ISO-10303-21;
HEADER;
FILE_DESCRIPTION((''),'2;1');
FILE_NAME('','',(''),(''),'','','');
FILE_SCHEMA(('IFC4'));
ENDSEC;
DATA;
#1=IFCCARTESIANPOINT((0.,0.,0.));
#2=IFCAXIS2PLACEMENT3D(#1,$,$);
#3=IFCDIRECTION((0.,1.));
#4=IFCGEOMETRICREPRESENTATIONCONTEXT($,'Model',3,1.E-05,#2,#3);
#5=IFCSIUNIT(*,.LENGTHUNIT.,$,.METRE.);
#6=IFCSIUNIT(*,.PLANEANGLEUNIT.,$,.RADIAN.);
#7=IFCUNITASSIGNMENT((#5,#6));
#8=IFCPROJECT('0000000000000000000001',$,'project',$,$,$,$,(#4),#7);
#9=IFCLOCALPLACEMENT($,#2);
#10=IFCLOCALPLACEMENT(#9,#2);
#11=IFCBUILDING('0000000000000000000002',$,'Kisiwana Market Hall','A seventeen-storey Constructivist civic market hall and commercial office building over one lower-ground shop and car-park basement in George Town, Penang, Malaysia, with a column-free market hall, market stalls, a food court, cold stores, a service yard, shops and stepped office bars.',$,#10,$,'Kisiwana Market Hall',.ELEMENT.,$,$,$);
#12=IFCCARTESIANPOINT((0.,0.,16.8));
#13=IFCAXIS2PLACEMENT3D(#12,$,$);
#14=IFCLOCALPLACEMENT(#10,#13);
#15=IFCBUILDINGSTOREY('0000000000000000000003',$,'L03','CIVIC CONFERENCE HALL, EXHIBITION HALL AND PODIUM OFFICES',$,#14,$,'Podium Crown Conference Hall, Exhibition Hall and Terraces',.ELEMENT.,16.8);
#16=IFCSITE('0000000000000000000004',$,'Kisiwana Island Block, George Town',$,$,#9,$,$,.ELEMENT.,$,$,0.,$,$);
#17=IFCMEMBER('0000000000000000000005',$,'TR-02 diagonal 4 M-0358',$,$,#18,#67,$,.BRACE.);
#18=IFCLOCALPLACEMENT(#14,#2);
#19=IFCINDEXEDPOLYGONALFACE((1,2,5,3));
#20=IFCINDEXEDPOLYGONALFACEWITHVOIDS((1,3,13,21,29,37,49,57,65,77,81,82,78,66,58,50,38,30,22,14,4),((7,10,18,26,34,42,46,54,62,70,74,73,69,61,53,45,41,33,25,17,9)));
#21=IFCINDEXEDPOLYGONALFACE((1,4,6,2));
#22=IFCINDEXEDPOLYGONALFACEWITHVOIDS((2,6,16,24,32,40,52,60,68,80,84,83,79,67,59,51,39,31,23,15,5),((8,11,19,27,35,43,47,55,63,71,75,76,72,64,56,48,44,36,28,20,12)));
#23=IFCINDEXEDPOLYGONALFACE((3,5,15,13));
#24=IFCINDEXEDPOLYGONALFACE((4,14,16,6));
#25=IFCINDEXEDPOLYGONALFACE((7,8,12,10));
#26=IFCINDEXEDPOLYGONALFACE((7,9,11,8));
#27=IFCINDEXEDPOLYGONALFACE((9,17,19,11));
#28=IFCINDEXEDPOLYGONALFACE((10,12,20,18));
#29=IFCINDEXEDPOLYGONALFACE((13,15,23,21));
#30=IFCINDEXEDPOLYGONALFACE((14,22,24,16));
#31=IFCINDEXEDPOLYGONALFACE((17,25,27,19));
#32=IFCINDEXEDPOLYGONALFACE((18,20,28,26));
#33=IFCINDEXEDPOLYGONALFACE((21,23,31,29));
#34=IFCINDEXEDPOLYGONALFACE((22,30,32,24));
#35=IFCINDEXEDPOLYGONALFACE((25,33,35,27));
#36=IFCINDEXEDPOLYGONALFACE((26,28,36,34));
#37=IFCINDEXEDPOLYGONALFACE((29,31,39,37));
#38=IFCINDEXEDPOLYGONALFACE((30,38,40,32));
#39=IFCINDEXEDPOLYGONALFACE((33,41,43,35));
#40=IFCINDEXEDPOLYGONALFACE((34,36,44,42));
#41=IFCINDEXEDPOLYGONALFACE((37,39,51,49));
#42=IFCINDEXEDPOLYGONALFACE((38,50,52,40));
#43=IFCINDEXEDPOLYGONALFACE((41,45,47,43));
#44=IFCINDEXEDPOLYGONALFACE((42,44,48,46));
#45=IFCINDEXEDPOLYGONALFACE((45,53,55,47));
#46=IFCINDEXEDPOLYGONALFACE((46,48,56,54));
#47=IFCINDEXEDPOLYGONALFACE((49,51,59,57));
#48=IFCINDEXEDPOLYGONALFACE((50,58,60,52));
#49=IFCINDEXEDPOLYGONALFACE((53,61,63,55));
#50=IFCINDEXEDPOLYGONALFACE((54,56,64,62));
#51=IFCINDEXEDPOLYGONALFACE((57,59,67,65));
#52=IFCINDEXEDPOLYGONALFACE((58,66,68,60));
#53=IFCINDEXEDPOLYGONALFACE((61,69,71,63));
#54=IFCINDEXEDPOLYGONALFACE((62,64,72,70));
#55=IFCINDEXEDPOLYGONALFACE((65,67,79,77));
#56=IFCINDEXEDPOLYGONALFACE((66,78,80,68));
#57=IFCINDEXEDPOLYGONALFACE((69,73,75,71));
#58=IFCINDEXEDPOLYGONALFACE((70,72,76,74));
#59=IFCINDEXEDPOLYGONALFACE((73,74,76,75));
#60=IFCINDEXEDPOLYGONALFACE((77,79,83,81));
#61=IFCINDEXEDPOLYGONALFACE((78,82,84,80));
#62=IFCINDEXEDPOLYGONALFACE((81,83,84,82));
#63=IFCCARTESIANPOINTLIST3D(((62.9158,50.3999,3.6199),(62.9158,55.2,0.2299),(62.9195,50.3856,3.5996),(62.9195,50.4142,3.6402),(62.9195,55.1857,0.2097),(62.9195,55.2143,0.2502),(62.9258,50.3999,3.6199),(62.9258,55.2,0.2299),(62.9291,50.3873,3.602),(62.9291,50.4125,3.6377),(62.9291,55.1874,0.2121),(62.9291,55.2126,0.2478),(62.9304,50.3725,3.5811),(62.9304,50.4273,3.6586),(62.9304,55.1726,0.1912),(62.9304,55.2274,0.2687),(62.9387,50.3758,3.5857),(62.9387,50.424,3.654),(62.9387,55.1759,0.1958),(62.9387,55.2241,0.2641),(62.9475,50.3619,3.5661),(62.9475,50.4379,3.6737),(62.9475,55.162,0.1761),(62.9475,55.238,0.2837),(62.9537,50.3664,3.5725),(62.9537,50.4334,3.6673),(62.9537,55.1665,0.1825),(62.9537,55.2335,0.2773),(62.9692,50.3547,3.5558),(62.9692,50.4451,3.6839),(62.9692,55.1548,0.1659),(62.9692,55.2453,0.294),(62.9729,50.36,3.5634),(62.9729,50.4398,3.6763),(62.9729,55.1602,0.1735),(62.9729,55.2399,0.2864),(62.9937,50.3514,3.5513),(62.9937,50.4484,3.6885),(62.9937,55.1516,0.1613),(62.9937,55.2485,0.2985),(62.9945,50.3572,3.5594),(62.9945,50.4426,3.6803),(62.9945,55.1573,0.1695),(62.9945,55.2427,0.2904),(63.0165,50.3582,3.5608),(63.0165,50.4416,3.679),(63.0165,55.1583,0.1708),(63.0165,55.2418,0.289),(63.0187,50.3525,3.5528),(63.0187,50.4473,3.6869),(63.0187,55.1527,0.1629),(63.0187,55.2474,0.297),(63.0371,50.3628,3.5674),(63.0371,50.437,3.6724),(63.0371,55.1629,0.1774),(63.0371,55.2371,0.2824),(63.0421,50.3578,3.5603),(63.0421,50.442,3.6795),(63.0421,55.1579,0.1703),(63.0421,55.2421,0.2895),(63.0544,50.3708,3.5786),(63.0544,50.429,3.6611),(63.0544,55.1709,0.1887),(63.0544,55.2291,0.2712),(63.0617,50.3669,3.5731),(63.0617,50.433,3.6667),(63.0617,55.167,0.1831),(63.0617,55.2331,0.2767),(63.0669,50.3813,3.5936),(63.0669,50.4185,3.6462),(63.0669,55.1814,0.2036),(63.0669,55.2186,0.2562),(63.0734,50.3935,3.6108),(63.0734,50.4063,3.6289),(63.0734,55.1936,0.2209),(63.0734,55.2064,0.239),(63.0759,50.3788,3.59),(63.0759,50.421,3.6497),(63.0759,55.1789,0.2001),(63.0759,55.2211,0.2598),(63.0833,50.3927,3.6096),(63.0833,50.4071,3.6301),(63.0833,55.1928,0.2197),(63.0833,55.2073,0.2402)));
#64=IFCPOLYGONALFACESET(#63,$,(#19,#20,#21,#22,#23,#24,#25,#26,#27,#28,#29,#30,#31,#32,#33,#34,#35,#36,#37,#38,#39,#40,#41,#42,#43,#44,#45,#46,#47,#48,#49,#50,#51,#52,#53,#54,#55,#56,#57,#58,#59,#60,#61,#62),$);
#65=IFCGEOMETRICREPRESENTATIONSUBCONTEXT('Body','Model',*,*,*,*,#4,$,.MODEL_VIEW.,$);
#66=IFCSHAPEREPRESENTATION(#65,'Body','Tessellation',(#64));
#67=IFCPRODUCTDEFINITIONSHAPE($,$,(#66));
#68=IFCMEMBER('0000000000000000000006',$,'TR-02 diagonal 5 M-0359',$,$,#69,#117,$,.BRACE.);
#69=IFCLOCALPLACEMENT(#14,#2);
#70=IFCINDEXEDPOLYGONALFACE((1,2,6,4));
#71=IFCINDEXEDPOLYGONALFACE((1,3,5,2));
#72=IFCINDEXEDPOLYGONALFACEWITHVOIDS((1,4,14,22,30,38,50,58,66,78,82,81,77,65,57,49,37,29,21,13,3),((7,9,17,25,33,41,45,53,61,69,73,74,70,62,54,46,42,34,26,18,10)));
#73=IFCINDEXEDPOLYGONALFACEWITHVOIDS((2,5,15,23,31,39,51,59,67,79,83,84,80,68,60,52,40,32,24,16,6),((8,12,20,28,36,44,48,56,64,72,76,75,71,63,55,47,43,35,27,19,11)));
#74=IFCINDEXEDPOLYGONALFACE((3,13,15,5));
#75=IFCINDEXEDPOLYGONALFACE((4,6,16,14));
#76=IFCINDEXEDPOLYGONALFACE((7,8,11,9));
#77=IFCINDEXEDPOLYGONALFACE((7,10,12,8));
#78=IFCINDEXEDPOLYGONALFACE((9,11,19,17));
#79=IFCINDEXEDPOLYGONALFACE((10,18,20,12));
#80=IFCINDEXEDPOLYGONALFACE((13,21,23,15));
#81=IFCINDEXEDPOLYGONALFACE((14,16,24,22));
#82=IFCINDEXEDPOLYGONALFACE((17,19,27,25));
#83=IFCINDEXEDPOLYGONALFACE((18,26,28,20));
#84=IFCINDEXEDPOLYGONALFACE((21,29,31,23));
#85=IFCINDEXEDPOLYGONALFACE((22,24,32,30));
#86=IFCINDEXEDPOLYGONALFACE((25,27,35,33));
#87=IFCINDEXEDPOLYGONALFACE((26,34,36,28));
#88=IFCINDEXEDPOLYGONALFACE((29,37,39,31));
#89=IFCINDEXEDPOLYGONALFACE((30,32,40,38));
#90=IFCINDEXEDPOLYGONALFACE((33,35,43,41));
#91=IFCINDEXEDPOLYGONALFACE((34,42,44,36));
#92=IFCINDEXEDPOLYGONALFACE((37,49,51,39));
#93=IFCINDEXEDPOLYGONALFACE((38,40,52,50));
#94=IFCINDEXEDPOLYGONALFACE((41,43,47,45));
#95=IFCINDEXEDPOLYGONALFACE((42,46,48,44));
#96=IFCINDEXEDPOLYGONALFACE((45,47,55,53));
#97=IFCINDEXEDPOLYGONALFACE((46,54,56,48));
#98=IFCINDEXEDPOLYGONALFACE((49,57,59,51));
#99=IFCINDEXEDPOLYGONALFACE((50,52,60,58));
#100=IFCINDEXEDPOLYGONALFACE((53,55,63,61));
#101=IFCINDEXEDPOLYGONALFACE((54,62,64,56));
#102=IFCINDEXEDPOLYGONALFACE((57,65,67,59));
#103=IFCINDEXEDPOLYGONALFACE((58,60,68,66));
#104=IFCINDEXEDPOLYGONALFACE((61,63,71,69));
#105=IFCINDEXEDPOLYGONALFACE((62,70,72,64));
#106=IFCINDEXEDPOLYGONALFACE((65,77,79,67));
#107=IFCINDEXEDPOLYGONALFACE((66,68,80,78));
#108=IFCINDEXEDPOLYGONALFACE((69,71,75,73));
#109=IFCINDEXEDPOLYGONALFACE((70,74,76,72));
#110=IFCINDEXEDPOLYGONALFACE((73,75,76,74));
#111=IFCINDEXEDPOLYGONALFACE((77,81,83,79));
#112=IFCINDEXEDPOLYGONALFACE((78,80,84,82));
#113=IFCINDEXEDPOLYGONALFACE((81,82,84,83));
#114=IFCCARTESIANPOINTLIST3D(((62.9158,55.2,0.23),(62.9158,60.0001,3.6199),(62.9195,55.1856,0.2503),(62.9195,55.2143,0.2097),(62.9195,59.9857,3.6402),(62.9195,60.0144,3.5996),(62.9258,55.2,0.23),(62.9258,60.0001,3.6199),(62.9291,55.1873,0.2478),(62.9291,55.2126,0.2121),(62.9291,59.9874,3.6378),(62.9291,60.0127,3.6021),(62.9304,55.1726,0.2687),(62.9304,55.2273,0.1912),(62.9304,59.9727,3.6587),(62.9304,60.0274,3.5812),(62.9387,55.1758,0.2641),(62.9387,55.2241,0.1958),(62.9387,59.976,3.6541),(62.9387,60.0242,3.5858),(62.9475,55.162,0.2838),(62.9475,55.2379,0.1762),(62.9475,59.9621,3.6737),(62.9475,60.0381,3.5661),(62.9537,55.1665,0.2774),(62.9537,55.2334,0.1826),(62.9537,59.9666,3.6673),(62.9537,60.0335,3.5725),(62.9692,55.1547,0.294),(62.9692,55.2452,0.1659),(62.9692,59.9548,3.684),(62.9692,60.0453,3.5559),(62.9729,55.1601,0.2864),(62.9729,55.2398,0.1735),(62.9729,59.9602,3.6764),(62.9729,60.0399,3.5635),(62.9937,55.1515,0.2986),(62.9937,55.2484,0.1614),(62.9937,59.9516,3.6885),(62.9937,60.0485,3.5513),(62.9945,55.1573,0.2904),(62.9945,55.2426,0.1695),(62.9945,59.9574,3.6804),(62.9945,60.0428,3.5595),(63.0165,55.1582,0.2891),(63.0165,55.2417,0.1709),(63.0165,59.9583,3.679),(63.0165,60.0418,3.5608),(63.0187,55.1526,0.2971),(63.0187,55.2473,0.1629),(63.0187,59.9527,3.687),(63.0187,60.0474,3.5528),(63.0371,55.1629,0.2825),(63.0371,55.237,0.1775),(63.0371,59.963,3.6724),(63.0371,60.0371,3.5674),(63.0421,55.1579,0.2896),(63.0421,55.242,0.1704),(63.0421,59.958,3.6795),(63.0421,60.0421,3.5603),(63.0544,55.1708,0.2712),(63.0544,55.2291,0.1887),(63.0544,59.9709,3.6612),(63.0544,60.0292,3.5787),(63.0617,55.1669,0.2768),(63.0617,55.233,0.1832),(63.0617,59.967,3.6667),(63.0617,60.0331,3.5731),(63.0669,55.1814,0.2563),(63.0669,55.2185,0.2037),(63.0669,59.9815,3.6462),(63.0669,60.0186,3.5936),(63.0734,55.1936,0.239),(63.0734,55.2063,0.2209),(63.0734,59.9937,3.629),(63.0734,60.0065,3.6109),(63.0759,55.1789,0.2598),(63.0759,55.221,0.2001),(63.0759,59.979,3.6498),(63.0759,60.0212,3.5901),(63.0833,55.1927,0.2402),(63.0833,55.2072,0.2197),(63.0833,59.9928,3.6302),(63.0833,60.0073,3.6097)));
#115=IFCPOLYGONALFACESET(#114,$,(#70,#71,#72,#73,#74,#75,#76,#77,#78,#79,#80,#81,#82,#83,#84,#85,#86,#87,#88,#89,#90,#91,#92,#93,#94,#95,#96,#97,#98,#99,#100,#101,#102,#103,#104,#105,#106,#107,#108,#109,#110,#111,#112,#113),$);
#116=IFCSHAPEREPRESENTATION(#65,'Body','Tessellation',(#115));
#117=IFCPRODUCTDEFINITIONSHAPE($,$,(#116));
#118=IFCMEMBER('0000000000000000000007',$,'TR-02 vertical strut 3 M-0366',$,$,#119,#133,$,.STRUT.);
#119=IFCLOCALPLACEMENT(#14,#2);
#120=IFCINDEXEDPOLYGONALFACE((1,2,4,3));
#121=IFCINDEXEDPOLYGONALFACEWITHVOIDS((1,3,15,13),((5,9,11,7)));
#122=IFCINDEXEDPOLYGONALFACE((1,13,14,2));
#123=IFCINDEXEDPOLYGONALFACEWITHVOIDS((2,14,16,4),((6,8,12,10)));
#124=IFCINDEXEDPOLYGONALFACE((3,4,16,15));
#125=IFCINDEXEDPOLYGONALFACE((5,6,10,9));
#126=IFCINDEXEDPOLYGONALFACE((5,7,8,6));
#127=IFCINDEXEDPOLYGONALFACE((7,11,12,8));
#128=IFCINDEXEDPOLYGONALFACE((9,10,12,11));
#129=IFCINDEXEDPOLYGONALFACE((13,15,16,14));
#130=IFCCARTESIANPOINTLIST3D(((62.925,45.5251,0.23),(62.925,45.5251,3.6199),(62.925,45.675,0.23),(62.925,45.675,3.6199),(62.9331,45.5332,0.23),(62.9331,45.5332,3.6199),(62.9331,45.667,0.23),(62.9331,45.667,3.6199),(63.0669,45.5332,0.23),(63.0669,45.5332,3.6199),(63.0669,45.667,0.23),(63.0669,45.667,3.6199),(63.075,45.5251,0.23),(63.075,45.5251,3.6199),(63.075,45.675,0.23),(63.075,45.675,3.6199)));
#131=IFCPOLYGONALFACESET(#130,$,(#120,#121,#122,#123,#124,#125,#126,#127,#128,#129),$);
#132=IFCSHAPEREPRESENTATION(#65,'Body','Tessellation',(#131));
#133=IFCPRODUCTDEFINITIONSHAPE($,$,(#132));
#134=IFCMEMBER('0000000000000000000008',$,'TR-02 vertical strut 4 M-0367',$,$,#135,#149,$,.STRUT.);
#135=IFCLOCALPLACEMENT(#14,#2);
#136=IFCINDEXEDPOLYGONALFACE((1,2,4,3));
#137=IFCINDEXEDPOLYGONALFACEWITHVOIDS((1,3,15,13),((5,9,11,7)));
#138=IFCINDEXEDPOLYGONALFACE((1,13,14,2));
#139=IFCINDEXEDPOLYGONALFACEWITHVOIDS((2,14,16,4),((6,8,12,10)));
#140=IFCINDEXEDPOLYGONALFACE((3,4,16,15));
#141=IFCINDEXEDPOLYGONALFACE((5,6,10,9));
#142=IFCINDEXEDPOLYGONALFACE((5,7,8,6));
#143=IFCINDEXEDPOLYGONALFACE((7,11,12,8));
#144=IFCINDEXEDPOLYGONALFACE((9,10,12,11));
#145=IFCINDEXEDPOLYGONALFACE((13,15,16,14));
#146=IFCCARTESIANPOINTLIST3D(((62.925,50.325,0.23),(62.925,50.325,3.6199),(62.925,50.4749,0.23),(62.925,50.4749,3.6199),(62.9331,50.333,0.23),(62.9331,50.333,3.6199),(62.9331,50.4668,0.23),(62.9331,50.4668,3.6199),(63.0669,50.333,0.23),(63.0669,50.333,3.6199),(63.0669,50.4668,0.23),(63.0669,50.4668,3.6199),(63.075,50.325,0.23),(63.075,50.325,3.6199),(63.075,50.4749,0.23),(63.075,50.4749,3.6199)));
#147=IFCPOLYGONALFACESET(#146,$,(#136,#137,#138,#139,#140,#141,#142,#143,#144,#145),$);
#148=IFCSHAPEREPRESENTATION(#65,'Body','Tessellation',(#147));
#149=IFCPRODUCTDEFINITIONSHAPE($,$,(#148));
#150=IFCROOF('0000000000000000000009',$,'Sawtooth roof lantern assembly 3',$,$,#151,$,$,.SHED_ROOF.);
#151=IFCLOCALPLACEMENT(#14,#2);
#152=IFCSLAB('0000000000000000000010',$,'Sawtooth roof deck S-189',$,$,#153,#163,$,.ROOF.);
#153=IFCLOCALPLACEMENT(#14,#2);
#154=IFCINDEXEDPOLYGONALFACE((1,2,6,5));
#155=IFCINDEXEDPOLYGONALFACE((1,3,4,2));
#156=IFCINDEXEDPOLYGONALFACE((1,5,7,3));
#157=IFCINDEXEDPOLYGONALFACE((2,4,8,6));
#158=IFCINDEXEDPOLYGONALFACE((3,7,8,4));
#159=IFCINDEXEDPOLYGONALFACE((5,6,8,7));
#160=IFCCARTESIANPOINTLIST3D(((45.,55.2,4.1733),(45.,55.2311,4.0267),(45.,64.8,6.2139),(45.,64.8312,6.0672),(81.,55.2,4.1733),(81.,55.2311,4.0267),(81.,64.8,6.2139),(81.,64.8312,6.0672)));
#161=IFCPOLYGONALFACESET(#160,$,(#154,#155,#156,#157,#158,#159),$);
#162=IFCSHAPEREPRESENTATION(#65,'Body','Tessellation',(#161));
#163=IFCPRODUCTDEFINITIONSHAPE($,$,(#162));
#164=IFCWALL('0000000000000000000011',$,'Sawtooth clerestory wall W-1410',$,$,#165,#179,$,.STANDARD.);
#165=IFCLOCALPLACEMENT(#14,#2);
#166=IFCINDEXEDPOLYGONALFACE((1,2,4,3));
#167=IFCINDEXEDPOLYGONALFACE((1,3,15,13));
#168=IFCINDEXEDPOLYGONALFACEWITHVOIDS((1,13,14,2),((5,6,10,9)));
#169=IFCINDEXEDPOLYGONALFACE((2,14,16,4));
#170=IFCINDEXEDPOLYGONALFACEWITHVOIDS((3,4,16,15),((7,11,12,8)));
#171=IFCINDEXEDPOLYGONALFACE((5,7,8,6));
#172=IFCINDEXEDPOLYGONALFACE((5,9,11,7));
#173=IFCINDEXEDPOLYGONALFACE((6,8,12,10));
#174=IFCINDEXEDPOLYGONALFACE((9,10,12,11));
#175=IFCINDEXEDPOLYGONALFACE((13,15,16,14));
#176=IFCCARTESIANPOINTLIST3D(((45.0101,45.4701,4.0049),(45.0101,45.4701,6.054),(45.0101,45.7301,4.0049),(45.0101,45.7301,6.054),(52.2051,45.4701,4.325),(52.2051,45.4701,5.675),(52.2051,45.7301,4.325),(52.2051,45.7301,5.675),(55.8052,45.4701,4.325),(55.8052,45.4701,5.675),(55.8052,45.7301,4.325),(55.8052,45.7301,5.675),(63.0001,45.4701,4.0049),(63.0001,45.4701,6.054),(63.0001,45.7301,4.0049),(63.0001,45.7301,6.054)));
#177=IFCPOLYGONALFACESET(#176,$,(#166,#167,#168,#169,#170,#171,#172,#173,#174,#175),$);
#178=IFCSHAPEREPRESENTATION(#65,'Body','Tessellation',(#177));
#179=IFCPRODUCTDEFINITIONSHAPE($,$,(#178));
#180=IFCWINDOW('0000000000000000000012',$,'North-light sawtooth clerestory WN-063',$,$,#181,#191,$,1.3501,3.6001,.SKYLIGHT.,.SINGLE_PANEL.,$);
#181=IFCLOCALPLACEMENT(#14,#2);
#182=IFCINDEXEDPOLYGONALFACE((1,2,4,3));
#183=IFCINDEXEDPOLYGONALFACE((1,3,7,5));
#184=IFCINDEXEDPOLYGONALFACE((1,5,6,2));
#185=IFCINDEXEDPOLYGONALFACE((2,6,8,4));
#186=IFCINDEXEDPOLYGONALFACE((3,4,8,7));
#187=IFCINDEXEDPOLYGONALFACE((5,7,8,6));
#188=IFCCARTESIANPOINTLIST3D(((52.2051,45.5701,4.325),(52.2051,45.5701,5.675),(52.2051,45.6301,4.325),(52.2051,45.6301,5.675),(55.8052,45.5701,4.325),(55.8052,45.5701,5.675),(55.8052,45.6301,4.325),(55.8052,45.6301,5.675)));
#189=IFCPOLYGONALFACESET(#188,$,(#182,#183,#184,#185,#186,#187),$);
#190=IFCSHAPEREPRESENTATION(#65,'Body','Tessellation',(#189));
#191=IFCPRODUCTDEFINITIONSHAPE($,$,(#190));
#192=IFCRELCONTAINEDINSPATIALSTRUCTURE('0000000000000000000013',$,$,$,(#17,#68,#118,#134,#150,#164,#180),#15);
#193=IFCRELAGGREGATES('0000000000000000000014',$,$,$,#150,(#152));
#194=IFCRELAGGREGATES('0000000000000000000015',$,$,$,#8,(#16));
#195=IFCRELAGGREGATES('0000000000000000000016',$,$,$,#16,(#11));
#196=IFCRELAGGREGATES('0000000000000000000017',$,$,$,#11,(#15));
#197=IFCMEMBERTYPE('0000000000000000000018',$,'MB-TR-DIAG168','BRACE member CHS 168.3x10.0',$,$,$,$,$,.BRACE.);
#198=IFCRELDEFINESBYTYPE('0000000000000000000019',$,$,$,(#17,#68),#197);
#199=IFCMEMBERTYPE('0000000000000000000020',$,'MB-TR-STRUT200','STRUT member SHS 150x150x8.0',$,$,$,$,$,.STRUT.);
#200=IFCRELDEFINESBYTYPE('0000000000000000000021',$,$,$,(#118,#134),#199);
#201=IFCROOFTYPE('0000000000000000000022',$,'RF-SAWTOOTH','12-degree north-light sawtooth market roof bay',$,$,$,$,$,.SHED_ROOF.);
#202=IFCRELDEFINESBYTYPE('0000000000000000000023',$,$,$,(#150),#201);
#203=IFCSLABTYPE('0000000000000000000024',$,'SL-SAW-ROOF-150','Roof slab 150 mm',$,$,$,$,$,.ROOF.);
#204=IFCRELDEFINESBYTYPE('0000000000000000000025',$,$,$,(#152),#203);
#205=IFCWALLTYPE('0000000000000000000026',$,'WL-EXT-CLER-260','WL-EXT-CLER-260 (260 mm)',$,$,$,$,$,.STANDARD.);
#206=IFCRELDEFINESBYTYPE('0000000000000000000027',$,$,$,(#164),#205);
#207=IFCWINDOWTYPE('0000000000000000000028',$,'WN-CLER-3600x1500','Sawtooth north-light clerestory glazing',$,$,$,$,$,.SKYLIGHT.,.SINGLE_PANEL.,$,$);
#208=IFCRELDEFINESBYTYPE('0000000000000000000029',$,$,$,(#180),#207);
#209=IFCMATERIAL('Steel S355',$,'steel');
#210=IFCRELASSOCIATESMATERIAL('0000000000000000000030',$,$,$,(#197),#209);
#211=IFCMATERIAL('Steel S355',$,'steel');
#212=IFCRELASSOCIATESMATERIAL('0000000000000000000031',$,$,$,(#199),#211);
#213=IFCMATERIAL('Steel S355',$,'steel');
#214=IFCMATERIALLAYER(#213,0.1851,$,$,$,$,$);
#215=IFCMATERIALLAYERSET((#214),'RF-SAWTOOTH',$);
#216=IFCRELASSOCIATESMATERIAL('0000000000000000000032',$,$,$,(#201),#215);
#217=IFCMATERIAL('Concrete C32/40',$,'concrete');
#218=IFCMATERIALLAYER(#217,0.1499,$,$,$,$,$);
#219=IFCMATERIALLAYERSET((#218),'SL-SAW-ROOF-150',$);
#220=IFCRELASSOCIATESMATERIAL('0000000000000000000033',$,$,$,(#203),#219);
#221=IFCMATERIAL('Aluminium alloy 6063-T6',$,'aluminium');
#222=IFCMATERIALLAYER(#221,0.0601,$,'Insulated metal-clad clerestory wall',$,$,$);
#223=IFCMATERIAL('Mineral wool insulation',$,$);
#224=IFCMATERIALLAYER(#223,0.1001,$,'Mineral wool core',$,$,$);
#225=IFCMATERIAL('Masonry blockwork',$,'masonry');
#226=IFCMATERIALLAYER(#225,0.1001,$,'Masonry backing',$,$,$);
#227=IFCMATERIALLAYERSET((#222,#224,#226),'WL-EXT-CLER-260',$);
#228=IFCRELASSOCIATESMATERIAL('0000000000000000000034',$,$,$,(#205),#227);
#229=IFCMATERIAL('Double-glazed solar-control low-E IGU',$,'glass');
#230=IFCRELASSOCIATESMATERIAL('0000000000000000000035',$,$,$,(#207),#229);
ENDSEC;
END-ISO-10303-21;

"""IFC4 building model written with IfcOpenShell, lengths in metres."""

from ifc_helpers import new_model, si_unit, direction, frame, frame_2d, origin, origin_2d, place, context, subcontext, project, spatial, polyline, rectangle, hollow_rectangle, hollow_circle, outline, extrude, material, layer, layer_set, material_profile, profile_set, type_object, element, fill, aggregate, save


model = new_model("IFC4")

# Units and contexts
model_context = context("Model", 3, precision=1e-05, world=origin(), true_north=direction((0.0, 1.0)))
body_context = subcontext(model_context, "Body", "Model", "MODEL_VIEW")
ifc_project = project(units=[si_unit("LENGTHUNIT", "METRE"), si_unit("PLANEANGLEUNIT", "RADIAN")], contexts=[model_context])

# Site, building, storey
site_placement = place(None, origin())
site = spatial("IfcSite", under=ifc_project, at=site_placement, Name="Kisiwana Island Block, George Town", CompositionType="ELEMENT", RefElevation=0.0)
building_placement = place(site_placement, origin())
building = spatial("IfcBuilding", under=site, at=building_placement, Name="Kisiwana Market Hall", Description="A seventeen-storey Constructivist civic market hall and commercial office building over one lower-ground shop and car-park basement in George Town, Penang, Malaysia, with a column-free market hall, market stalls, a food court, cold stores, a service yard, shops and stepped office bars.", LongName="Kisiwana Market Hall", CompositionType="ELEMENT")
storey_placement = place(building_placement, frame((0.0, 0.0, 16.8)))
storey = spatial("IfcBuildingStorey", under=building, at=storey_placement, Name="L03", Description="CIVIC CONFERENCE HALL, EXHIBITION HALL AND PODIUM OFFICES", LongName="Podium Crown Conference Hall, Exhibition Hall and Terraces", CompositionType="ELEMENT", Elevation=16.8)

# Members
ifc_material_1 = material(Name="Steel S355", Category="steel")
ifc_material_profile_1 = material_profile(ifc_material_1, hollow_circle(Radius=0.0842, WallThickness=0.01, at=origin_2d()), Name="CHS 168.3x10.0")
ifc_profile_set_1 = profile_set([ifc_material_profile_1], Name="Steel S355")
member_type_1 = type_object("IfcMemberType", Name="MB-TR-DIAG168", Description="BRACE member CHS 168.3x10.0", PredefinedType="BRACE", material=ifc_profile_set_1)
for number, where, z_axis, x_axis, name in (
    (1, (63.0, 50.3999, 3.6199), (0.0, 0.816838, -0.576868), (-1.0, 0.0, 0.0), "TR-02 diagonal 4 M-0358"),
    (2, (63.0, 55.2, 0.23), (0.0, 0.816838, 0.576868), (-1.0, 0.0, 0.0), "TR-02 diagonal 5 M-0359"),
):
    element("IfcMember", number, at=place(storey_placement, frame(where, z_axis=z_axis, x_axis=x_axis)), inside=storey, type_object=member_type_1, Name=name, PredefinedType="BRACE", context=body_context, shape_type="SweptSolid", body=[
        extrude(hollow_circle(Radius=0.0842, WallThickness=0.01, at=origin_2d()), origin(), (0.0, 0.0, 1.0), 5.8765),
    ])
ifc_material_2 = material(Name="Steel S355", Category="steel")
ifc_material_profile_2 = material_profile(ifc_material_2, hollow_rectangle(XDim=0.1499, YDim=0.1499, WallThickness=0.0081, at=origin_2d()), Name="SHS 150x150x8.0")
ifc_profile_set_2 = profile_set([ifc_material_profile_2], Name="Steel S355")
member_type_2 = type_object("IfcMemberType", Name="MB-TR-STRUT200", Description="STRUT member SHS 150x150x8.0", PredefinedType="STRUT", material=ifc_profile_set_2)
for number, where, z_axis, x_axis, name in (
    (3, (63.0, 45.6001, 0.23), (0.0, 0.0, 1.0), (1.0, 0.0, 0.0), "TR-02 vertical strut 3 M-0366"),
    (4, (63.0, 50.3999, 0.23), (0.0, 0.0, 1.0), (1.0, 0.0, 0.0), "TR-02 vertical strut 4 M-0367"),
):
    element("IfcMember", number, at=place(storey_placement, frame(where, z_axis=z_axis, x_axis=x_axis)), inside=storey, type_object=member_type_2, Name=name, PredefinedType="STRUT", context=body_context, shape_type="SweptSolid", body=[
        extrude(hollow_rectangle(XDim=0.1499, YDim=0.1499, WallThickness=0.0081, at=origin_2d()), origin(), (0.0, 0.0, 1.0), 3.3899),
    ])

# Roof, slab
ifc_material_3 = material(Name="Steel S355", Category="steel")
ifc_layer_1 = layer(ifc_material_3, 0.1851)
ifc_layer_set_1 = layer_set([ifc_layer_1], Name="RF-SAWTOOTH")
roof_type = type_object("IfcRoofType", Name="RF-SAWTOOTH", Description="12-degree north-light sawtooth market roof bay", PredefinedType="SHED_ROOF", material=ifc_layer_set_1)
roof_placement = place(storey_placement, origin())
roof = element("IfcRoof", 5, at=roof_placement, inside=storey, type_object=roof_type, Name="Sawtooth roof lantern assembly 3", PredefinedType="SHED_ROOF")
ifc_material_4 = material(Name="Concrete C32/40", Category="concrete")
ifc_layer_2 = layer(ifc_material_4, 0.1499)
ifc_layer_set_2 = layer_set([ifc_layer_2], Name="SL-SAW-ROOF-150")
slab_type = type_object("IfcSlabType", Name="SL-SAW-ROOF-150", Description="Roof slab 150 mm", PredefinedType="ROOF", material=ifc_layer_set_2)
slab_placement = place(storey_placement, frame((45.0, 55.2, 4.1733), z_axis=(0.0, -0.207908, 0.978148), x_axis=(1.0, 0.0, 0.0)))
slab = element("IfcSlab", 6, at=slab_placement, type_object=slab_type, Name="Sawtooth roof deck S-189", PredefinedType="ROOF", context=body_context, shape_type="SweptSolid", body=[
    extrude(outline(polyline([(0.0, 0.0), (36.0, 0.0), (36.0, 9.8146), (0.0, 9.8146), (0.0, 0.0)])), origin(), (0.0, 0.0, -1.0), 0.1499),
])
aggregate(roof, [slab])

# Wall, opening, window
ifc_material_5 = material(Name="Aluminium alloy 6063-T6", Category="aluminium")
ifc_layer_3 = layer(ifc_material_5, 0.0601, Name="Insulated metal-clad clerestory wall")
ifc_material_6 = material(Name="Mineral wool insulation")
ifc_layer_4 = layer(ifc_material_6, 0.1001, Name="Mineral wool core")
ifc_material_7 = material(Name="Masonry blockwork", Category="masonry")
ifc_layer_5 = layer(ifc_material_7, 0.1001, Name="Masonry backing")
ifc_layer_set_3 = layer_set([ifc_layer_3, ifc_layer_4, ifc_layer_5], Name="WL-EXT-CLER-260")
wall_type = type_object("IfcWallType", Name="WL-EXT-CLER-260", Description="WL-EXT-CLER-260 (260 mm)", PredefinedType="STANDARD", material=ifc_layer_set_3)
wall_1_placement = place(storey_placement, frame((45.01, 45.6001, 4.0049), z_axis=(0.0, 0.0, 1.0), x_axis=(1.0, 0.0, 0.0)))
wall_1 = element("IfcWall", 7, at=wall_1_placement, inside=storey, type_object=wall_type, Name="Sawtooth clerestory wall W-1410", PredefinedType="STANDARD", context=body_context, shape_type="SweptSolid", body=[
    extrude(rectangle(XDim=17.99, YDim=0.26, at=frame_2d((8.9951, 0.0))), origin(), (0.0, 0.0, 1.0), 2.0491),
])
opening_1_placement = place(wall_1_placement, frame((7.1951, 0.0, 0.3201)))
opening_1 = element("IfcOpeningElement", 8, at=opening_1_placement, cuts=wall_1, PredefinedType="OPENING", context=body_context, shape_type="SweptSolid", body=[
    extrude(rectangle(XDim=3.6001, YDim=1.3501, at=frame_2d((1.8, 0.675))), frame((0.0, 0.1421, 0.0), z_axis=(0.0, -1.0, 0.0), x_axis=(1.0, 0.0, 0.0)), (0.0, 0.0, 1.0), 0.2839),
])
ifc_material_8 = material(Name="Double-glazed solar-control low-E IGU", Category="glass")
window_type_1 = type_object("IfcWindowType", Name="WN-CLER-3600x1500", Description="Sawtooth north-light clerestory glazing", PartitioningType="SINGLE_PANEL", PredefinedType="SKYLIGHT", material=ifc_material_8)
window_1_placement = place(opening_1_placement, origin())
window_1 = element("IfcWindow", 9, at=window_1_placement, inside=storey, type_object=window_type_1, Name="North-light sawtooth clerestory WN-063", OverallHeight=1.3501, OverallWidth=3.6001, PartitioningType="SINGLE_PANEL", PredefinedType="SKYLIGHT", context=body_context, shape_type="SweptSolid", body=[
    extrude(rectangle(XDim=3.6001, YDim=1.3501, at=frame_2d((1.8, 0.675))), frame((0.0, 0.03, 0.0), z_axis=(0.0, -1.0, 0.0), x_axis=(1.0, 0.0, 0.0)), (0.0, 0.0, 1.0), 0.0601),
])
fill(opening_1, window_1)

save(model, "model.ifc")
